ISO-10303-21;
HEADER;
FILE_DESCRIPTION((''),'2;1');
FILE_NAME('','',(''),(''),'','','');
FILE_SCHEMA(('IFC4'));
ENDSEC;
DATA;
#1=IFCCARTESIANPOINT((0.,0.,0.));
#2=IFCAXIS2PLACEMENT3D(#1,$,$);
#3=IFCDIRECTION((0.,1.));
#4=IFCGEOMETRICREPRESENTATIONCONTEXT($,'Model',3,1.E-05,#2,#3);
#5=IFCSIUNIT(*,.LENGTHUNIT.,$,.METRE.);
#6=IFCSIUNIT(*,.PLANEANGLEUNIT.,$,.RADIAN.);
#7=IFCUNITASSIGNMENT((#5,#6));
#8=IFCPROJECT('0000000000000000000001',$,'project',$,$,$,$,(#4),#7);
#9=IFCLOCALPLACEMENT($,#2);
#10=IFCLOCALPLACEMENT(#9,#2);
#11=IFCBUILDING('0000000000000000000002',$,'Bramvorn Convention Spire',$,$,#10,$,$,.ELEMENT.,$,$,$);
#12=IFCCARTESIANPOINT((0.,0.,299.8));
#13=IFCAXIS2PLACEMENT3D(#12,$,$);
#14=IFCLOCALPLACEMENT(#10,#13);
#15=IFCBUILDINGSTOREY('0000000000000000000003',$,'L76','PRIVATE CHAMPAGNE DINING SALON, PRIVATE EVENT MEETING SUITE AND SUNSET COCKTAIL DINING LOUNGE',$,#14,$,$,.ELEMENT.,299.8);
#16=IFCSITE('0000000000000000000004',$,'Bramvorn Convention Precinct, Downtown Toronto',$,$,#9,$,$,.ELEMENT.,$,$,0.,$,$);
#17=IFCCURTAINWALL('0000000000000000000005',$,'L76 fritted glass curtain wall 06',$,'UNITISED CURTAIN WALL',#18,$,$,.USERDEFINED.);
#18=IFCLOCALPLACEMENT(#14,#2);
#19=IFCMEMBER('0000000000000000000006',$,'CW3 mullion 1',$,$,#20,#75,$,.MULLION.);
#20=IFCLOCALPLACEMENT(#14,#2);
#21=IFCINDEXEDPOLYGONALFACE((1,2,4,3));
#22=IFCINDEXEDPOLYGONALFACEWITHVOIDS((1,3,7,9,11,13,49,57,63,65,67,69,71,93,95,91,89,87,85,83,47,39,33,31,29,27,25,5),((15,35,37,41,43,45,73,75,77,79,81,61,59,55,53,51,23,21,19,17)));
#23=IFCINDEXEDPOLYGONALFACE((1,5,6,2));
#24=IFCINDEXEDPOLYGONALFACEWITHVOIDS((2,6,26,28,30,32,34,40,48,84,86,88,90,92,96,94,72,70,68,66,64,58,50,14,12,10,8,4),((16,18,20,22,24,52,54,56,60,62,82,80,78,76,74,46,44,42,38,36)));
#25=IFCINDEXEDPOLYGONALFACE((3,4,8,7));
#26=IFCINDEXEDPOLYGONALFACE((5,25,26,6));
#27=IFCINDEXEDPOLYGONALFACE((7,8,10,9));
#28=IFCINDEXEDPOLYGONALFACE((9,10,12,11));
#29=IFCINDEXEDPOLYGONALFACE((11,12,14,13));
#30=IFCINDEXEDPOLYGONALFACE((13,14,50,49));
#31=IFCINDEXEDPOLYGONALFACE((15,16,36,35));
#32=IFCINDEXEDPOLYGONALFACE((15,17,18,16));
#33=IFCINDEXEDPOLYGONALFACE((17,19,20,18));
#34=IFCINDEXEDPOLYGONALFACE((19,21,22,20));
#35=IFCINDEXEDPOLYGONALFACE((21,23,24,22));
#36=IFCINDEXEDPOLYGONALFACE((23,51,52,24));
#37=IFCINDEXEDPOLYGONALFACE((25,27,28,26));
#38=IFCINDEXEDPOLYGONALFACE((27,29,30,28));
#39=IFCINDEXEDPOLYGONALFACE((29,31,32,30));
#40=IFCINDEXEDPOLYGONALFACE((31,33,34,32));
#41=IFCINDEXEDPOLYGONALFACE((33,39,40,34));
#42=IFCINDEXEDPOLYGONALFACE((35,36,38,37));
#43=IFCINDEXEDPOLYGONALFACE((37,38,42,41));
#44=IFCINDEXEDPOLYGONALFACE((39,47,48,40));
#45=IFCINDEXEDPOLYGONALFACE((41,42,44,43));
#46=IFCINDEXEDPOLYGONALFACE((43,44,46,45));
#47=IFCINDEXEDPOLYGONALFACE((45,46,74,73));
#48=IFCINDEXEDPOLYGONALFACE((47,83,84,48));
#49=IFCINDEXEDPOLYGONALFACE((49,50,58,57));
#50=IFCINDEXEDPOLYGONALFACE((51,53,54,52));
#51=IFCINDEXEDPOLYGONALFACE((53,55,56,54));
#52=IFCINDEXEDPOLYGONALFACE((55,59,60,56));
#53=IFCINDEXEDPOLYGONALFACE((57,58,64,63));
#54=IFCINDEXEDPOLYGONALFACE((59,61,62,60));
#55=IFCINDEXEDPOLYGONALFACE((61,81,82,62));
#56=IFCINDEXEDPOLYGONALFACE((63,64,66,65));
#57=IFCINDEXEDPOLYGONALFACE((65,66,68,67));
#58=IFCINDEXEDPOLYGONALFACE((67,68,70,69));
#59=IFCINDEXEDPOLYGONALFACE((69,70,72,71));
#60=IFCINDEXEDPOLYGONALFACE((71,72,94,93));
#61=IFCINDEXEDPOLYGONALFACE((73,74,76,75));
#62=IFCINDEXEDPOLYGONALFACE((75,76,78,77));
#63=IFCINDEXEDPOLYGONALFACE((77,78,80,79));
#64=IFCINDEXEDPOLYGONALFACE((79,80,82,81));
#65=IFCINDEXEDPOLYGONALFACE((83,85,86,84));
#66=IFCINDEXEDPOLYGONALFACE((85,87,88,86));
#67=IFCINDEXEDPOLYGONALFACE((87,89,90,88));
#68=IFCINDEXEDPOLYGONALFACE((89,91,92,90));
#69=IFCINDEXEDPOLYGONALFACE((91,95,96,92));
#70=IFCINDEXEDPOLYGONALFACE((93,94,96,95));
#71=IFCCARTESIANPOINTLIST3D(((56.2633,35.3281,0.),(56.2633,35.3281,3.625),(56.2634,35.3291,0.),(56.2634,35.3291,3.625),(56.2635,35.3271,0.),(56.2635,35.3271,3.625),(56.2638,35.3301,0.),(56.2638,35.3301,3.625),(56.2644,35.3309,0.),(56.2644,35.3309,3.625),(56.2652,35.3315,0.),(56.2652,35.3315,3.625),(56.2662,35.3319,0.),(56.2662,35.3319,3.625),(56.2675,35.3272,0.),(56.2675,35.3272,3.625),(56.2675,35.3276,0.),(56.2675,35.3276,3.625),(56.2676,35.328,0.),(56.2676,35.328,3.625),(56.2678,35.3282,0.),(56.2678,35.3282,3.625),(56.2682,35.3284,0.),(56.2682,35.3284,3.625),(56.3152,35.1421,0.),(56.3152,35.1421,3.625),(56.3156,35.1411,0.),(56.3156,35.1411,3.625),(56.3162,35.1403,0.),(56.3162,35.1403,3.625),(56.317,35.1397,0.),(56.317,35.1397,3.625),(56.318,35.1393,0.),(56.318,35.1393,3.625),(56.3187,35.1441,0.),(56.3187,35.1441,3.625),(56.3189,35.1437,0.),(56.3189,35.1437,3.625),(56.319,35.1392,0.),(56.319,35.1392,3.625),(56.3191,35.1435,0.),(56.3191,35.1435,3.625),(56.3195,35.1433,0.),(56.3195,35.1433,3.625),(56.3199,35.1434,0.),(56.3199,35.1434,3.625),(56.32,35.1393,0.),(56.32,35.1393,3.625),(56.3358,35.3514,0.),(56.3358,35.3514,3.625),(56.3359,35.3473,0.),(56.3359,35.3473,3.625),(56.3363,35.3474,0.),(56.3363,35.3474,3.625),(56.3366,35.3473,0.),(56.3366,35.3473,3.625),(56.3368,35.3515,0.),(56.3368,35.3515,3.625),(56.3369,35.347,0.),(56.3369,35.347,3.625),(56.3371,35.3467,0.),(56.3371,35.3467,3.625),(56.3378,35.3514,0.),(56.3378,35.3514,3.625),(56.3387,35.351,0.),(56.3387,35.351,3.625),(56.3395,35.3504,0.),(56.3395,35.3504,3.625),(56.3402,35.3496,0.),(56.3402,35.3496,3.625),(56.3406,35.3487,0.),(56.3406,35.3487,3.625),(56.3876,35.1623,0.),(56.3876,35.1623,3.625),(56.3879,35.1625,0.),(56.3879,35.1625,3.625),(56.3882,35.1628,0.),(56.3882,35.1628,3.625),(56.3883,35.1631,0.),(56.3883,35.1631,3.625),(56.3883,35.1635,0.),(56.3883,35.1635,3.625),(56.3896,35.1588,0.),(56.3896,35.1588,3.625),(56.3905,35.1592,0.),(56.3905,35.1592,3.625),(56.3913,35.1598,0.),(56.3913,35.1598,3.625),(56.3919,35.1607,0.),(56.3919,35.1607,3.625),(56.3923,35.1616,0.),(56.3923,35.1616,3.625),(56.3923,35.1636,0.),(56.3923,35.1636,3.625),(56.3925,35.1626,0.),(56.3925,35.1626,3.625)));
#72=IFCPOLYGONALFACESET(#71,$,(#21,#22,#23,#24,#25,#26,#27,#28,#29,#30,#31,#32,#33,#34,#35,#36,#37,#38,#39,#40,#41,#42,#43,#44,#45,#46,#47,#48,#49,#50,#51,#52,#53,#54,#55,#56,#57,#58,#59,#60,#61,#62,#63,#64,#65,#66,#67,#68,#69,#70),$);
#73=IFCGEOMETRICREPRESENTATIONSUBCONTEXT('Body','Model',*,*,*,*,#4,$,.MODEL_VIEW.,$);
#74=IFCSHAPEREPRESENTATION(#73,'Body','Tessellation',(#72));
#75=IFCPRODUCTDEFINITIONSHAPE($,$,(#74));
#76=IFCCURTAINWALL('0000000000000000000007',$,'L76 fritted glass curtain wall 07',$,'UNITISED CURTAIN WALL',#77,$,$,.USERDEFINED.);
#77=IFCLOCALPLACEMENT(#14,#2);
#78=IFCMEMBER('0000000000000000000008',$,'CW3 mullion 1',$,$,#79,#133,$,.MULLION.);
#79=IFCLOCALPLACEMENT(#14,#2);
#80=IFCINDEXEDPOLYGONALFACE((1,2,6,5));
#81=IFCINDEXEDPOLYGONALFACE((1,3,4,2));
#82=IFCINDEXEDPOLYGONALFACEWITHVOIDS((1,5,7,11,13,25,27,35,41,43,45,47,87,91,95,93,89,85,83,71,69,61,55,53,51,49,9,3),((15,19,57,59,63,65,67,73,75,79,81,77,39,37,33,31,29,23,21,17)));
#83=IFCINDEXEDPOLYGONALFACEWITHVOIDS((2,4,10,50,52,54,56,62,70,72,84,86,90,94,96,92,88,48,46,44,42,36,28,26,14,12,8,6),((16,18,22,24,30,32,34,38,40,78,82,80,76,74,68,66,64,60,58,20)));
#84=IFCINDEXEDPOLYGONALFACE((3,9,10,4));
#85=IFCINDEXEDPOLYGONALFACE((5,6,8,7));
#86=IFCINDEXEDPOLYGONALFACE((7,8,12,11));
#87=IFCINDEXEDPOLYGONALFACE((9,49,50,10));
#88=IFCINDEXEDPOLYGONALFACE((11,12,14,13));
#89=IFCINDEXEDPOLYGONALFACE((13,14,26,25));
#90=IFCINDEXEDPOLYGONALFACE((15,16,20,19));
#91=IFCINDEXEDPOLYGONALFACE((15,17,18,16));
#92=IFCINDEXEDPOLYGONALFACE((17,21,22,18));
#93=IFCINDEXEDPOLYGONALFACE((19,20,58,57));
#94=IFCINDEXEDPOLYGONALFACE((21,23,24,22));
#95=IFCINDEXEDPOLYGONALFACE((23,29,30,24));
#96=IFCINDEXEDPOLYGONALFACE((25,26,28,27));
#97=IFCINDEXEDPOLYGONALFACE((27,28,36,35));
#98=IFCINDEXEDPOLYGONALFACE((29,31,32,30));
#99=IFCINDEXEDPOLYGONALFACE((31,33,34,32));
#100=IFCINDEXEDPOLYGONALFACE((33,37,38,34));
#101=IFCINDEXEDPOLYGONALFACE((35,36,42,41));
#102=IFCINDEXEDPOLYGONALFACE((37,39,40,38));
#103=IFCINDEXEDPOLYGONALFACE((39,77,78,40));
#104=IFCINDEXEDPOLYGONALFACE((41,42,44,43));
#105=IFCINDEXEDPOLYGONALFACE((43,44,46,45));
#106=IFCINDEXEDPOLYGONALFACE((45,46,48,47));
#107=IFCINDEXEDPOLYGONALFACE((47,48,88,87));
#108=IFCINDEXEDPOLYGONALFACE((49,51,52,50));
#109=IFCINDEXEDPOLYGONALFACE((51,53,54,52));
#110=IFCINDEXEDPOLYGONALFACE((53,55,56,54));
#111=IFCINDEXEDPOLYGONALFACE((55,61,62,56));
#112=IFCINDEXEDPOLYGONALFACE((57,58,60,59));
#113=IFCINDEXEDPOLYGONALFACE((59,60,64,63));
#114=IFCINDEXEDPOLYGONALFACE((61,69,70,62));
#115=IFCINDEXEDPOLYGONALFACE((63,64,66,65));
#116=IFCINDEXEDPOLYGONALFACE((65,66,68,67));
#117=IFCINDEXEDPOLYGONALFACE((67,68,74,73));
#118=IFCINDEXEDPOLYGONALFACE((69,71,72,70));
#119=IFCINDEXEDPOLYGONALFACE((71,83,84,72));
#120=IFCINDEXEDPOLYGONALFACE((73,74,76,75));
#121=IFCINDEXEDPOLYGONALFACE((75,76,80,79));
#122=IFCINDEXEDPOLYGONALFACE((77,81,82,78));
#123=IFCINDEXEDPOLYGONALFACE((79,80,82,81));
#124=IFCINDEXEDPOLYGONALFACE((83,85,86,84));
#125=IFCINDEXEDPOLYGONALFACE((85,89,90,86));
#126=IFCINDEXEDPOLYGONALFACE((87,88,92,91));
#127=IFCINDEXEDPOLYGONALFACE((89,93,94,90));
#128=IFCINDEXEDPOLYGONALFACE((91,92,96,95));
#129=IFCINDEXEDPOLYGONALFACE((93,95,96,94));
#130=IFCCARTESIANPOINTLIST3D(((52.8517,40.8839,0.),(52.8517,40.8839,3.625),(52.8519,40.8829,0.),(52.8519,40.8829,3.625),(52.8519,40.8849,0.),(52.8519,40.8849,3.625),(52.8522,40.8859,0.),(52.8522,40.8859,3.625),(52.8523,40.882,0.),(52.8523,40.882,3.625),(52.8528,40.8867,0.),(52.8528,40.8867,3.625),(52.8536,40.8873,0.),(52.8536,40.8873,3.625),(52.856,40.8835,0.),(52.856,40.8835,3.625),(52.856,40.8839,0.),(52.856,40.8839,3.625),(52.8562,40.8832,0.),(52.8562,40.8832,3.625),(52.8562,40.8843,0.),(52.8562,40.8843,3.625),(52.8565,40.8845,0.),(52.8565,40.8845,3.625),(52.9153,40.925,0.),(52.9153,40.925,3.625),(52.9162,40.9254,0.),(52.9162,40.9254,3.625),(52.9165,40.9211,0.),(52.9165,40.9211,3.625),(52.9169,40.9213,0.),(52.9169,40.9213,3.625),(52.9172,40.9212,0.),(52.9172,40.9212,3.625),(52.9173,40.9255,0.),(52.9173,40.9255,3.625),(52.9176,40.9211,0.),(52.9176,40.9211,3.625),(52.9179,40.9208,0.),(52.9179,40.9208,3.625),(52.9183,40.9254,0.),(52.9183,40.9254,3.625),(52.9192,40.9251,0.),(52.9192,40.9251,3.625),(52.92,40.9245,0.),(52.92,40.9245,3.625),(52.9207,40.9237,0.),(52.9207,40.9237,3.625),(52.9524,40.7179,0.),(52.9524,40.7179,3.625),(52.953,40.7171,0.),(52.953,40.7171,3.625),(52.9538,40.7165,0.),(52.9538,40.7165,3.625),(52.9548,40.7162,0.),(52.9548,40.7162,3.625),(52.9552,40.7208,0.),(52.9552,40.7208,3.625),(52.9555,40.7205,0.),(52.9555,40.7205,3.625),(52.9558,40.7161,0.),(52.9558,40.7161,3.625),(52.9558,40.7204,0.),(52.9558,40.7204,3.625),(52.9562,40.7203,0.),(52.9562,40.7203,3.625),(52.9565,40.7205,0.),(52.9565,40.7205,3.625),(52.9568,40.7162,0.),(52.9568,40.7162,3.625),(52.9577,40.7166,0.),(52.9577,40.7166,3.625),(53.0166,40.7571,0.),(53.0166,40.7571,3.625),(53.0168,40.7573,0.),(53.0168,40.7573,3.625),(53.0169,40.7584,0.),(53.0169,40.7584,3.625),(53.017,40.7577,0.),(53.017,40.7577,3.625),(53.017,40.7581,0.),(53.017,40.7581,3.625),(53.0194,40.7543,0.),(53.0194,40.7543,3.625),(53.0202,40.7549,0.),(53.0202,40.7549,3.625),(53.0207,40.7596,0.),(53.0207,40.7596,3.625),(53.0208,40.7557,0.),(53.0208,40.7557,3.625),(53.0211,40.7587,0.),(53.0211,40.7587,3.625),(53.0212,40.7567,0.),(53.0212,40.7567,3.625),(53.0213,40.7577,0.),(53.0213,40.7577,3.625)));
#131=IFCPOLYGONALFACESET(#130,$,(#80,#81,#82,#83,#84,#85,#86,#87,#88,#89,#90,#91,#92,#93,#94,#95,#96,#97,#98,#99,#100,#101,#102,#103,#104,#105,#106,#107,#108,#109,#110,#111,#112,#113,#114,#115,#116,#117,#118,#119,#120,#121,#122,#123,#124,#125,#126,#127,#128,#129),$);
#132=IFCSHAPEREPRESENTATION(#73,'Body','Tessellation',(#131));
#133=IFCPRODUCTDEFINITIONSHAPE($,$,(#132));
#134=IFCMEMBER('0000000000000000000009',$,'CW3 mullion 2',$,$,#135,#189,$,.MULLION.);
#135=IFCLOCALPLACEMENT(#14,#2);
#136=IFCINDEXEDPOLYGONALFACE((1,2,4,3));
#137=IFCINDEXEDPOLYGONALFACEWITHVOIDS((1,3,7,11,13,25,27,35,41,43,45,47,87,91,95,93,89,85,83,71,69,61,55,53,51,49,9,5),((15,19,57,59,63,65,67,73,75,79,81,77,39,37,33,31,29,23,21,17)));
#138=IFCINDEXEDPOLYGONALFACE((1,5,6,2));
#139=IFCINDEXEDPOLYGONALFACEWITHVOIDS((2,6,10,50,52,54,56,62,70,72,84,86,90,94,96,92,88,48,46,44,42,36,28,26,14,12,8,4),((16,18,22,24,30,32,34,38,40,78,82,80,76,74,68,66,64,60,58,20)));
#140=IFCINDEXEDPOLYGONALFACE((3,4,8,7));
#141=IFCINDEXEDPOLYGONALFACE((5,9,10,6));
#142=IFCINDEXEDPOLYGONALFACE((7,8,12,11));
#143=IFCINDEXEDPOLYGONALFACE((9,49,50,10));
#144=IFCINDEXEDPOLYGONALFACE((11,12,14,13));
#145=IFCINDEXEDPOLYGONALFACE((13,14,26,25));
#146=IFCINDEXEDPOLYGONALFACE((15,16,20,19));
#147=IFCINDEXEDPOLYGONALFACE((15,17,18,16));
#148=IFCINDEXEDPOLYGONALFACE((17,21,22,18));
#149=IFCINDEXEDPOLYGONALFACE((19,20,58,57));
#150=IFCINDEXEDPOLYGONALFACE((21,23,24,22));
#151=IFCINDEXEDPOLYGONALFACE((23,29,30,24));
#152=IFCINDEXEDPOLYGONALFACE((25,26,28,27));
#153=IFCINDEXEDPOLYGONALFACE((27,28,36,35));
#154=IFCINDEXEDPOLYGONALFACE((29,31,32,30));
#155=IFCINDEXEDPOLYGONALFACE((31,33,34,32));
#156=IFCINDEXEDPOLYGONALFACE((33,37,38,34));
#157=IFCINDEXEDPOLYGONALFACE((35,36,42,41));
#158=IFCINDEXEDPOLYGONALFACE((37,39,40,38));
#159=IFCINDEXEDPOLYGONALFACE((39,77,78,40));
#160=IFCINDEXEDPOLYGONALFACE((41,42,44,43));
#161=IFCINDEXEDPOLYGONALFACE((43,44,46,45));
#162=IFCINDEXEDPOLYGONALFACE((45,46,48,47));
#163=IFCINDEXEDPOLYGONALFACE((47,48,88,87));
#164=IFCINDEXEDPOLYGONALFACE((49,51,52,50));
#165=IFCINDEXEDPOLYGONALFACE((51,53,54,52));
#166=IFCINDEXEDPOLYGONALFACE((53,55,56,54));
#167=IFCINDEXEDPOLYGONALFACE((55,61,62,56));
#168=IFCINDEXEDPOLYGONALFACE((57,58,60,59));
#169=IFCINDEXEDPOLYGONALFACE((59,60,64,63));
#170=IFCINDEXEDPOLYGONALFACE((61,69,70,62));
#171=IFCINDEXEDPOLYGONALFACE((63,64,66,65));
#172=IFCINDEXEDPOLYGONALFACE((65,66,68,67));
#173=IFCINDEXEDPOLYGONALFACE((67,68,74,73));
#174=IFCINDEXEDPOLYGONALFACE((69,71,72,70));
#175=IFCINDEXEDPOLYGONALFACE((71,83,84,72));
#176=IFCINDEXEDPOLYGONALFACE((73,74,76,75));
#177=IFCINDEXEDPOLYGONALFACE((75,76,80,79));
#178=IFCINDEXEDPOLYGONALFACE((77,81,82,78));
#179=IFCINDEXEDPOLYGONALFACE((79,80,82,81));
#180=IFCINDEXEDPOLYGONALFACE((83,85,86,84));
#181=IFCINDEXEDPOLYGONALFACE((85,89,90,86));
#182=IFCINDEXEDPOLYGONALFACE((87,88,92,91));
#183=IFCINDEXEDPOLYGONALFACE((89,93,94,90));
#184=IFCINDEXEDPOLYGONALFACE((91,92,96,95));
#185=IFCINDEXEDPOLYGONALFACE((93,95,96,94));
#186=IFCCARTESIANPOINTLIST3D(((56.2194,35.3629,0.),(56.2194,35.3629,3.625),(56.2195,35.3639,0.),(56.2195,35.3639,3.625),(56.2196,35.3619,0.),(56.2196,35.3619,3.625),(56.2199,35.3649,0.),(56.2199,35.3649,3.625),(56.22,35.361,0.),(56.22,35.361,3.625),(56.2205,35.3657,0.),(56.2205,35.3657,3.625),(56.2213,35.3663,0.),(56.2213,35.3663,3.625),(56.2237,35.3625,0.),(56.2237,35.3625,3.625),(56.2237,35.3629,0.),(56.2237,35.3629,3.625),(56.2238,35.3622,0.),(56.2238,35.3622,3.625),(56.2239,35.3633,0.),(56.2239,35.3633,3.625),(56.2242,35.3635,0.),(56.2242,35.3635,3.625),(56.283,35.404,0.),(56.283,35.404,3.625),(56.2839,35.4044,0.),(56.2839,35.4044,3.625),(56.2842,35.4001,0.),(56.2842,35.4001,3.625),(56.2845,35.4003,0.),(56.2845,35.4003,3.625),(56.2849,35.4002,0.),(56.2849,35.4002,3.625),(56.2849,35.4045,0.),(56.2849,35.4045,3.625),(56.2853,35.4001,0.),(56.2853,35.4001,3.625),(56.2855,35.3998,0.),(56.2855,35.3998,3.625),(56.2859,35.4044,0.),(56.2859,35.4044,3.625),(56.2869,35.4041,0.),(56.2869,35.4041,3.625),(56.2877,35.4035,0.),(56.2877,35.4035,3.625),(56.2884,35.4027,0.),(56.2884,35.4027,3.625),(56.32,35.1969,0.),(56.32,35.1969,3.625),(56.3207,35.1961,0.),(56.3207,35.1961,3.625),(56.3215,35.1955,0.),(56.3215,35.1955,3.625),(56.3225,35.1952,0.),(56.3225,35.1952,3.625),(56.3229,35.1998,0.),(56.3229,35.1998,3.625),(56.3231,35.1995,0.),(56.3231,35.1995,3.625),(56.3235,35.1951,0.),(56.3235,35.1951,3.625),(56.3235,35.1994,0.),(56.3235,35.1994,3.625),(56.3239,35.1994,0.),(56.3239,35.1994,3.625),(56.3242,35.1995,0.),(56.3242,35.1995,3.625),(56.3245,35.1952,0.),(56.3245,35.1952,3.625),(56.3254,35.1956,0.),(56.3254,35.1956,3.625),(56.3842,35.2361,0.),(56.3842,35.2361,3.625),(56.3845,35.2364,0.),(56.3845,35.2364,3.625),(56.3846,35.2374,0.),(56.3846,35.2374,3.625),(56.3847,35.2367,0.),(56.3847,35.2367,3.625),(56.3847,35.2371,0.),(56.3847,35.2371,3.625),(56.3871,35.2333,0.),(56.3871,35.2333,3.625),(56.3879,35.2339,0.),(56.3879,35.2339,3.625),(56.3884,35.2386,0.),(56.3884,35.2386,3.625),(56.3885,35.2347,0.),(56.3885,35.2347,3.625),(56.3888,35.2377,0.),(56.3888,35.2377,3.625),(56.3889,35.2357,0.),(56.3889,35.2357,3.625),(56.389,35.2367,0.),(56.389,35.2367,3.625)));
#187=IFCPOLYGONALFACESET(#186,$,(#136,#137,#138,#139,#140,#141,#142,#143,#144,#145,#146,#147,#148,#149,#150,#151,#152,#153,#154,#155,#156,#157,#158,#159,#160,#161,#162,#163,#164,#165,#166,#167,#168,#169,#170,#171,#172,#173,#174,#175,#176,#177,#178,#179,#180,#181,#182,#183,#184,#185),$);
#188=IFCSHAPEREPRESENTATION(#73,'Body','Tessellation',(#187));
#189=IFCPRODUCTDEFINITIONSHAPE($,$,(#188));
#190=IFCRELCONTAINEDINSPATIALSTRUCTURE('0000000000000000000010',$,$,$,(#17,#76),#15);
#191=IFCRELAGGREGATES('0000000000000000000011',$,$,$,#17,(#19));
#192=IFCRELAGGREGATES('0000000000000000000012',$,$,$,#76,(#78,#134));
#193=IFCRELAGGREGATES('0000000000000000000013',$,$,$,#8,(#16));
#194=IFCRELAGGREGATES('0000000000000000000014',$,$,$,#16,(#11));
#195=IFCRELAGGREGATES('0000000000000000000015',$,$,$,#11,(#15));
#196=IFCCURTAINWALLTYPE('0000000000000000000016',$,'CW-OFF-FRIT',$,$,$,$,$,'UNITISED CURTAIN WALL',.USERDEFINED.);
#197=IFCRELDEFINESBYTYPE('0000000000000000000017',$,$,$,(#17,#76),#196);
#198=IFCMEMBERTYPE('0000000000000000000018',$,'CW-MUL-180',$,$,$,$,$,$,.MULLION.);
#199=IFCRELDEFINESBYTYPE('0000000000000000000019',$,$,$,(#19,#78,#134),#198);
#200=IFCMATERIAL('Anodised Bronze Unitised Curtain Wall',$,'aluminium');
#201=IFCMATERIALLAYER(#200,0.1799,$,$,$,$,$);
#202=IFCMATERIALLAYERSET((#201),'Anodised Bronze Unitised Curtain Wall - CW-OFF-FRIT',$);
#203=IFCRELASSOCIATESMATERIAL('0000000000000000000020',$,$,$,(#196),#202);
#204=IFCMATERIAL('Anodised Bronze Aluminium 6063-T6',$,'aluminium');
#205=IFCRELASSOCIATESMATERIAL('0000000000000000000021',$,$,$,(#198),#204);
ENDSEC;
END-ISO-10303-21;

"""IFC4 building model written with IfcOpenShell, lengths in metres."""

from ifc_helpers import new_model, si_unit, direction, frame, origin, origin_2d, place, context, subcontext, project, spatial, hollow_rectangle, extrude, material, layer, layer_set, material_profile, profile_set, type_object, element, aggregate, save


model = new_model("IFC4")

# Units and contexts
model_context = context("Model", 3, precision=1e-05, world=origin(), true_north=direction((0.0, 1.0)))
body_context = subcontext(model_context, "Body", "Model", "MODEL_VIEW")
ifc_project = project(units=[si_unit("LENGTHUNIT", "METRE"), si_unit("PLANEANGLEUNIT", "RADIAN")], contexts=[model_context])

# Site, building, storey
site_placement = place(None, origin())
site = spatial("IfcSite", under=ifc_project, at=site_placement, Name="Bramvorn Convention Precinct, Downtown Toronto", CompositionType="ELEMENT", RefElevation=0.0)
building_placement = place(site_placement, origin())
building = spatial("IfcBuilding", under=site, at=building_placement, Name="Bramvorn Convention Spire", CompositionType="ELEMENT")
storey_placement = place(building_placement, frame((0.0, 0.0, 299.8)))
storey = spatial("IfcBuildingStorey", under=building, at=storey_placement, Name="L76", Description="PRIVATE CHAMPAGNE DINING SALON, PRIVATE EVENT MEETING SUITE AND SUNSET COCKTAIL DINING LOUNGE", CompositionType="ELEMENT", Elevation=299.8)

# Curtain wall, member
ifc_material_1 = material(Name="Anodised Bronze Unitised Curtain Wall", Category="aluminium")
ifc_layer_1 = layer(ifc_material_1, 0.1799)
ifc_layer_set_1 = layer_set([ifc_layer_1], Name="Anodised Bronze Unitised Curtain Wall - CW-OFF-FRIT")
curtain_wall_type = type_object("IfcCurtainWallType", Name="CW-OFF-FRIT", ElementType="UNITISED CURTAIN WALL", PredefinedType="USERDEFINED", material=ifc_layer_set_1)
curtain_wall_1_placement = place(storey_placement, origin())
curtain_wall_1 = element("IfcCurtainWall", 1, at=curtain_wall_1_placement, inside=storey, type_object=curtain_wall_type, Name="L76 fritted glass curtain wall 06", ObjectType="UNITISED CURTAIN WALL", PredefinedType="USERDEFINED")
ifc_material_2 = material(Name="Anodised Bronze Aluminium 6063-T6", Category="aluminium")
ifc_material_profile_1 = material_profile(ifc_material_2, hollow_rectangle(XDim=0.0801, YDim=0.2, WallThickness=0.0039, InnerFilletRadius=0.001, OuterFilletRadius=0.0039, at=origin_2d()))
ifc_profile_set_1 = profile_set([ifc_material_profile_1], Name="Anodised Bronze Aluminium 6063-T6 - CWM80X200")
member_type_1 = type_object("IfcMemberType", Name="CW-MUL-180", PredefinedType="MULLION", material=ifc_profile_set_1)
member_1_placement = place(storey_placement, frame((56.3279, 35.2454, 0.0), z_axis=(0.0, 0.0, 1.0), x_axis=(0.963073, 0.269239, 0.0)))
member_1 = element("IfcMember", 2, at=member_1_placement, type_object=member_type_1, Name="CW3 mullion 1", PredefinedType="MULLION", context=body_context, shape_type="SweptSolid", body=[
    extrude(hollow_rectangle(XDim=0.0801, YDim=0.2, WallThickness=0.0039, InnerFilletRadius=0.001, OuterFilletRadius=0.0039, at=origin_2d()), origin(), (0.0, 0.0, 1.0), 3.625),
])
aggregate(curtain_wall_1, [member_1])

# Curtain wall, members
curtain_wall_2_placement = place(storey_placement, origin())
curtain_wall_2 = element("IfcCurtainWall", 3, at=curtain_wall_2_placement, inside=storey, type_object=curtain_wall_type, Name="L76 fritted glass curtain wall 07", ObjectType="UNITISED CURTAIN WALL", PredefinedType="USERDEFINED")
member_2_placement = place(storey_placement, frame((52.9365, 40.8208, 0.0), z_axis=(0.0, 0.0, 1.0), x_axis=(0.85372, 0.520732, 0.0)))
member_2 = element("IfcMember", 4, at=member_2_placement, type_object=member_type_1, Name="CW3 mullion 1", PredefinedType="MULLION", context=body_context, shape_type="SweptSolid", body=[
    extrude(hollow_rectangle(XDim=0.0801, YDim=0.2, WallThickness=0.0039, InnerFilletRadius=0.001, OuterFilletRadius=0.0039, at=origin_2d()), origin(), (0.0, 0.0, 1.0), 3.625),
])
member_3_placement = place(storey_placement, frame((56.3042, 35.2998, 0.0), z_axis=(0.0, 0.0, 1.0), x_axis=(0.85372, 0.520732, 0.0)))
member_3 = element("IfcMember", 5, at=member_3_placement, type_object=member_type_1, Name="CW3 mullion 2", PredefinedType="MULLION", context=body_context, shape_type="SweptSolid", body=[
    extrude(hollow_rectangle(XDim=0.0801, YDim=0.2, WallThickness=0.0039, InnerFilletRadius=0.001, OuterFilletRadius=0.0039, at=origin_2d()), origin(), (0.0, 0.0, 1.0), 3.625),
])

aggregate(curtain_wall_2, [member_2, member_3])

save(model, "model.ifc")
